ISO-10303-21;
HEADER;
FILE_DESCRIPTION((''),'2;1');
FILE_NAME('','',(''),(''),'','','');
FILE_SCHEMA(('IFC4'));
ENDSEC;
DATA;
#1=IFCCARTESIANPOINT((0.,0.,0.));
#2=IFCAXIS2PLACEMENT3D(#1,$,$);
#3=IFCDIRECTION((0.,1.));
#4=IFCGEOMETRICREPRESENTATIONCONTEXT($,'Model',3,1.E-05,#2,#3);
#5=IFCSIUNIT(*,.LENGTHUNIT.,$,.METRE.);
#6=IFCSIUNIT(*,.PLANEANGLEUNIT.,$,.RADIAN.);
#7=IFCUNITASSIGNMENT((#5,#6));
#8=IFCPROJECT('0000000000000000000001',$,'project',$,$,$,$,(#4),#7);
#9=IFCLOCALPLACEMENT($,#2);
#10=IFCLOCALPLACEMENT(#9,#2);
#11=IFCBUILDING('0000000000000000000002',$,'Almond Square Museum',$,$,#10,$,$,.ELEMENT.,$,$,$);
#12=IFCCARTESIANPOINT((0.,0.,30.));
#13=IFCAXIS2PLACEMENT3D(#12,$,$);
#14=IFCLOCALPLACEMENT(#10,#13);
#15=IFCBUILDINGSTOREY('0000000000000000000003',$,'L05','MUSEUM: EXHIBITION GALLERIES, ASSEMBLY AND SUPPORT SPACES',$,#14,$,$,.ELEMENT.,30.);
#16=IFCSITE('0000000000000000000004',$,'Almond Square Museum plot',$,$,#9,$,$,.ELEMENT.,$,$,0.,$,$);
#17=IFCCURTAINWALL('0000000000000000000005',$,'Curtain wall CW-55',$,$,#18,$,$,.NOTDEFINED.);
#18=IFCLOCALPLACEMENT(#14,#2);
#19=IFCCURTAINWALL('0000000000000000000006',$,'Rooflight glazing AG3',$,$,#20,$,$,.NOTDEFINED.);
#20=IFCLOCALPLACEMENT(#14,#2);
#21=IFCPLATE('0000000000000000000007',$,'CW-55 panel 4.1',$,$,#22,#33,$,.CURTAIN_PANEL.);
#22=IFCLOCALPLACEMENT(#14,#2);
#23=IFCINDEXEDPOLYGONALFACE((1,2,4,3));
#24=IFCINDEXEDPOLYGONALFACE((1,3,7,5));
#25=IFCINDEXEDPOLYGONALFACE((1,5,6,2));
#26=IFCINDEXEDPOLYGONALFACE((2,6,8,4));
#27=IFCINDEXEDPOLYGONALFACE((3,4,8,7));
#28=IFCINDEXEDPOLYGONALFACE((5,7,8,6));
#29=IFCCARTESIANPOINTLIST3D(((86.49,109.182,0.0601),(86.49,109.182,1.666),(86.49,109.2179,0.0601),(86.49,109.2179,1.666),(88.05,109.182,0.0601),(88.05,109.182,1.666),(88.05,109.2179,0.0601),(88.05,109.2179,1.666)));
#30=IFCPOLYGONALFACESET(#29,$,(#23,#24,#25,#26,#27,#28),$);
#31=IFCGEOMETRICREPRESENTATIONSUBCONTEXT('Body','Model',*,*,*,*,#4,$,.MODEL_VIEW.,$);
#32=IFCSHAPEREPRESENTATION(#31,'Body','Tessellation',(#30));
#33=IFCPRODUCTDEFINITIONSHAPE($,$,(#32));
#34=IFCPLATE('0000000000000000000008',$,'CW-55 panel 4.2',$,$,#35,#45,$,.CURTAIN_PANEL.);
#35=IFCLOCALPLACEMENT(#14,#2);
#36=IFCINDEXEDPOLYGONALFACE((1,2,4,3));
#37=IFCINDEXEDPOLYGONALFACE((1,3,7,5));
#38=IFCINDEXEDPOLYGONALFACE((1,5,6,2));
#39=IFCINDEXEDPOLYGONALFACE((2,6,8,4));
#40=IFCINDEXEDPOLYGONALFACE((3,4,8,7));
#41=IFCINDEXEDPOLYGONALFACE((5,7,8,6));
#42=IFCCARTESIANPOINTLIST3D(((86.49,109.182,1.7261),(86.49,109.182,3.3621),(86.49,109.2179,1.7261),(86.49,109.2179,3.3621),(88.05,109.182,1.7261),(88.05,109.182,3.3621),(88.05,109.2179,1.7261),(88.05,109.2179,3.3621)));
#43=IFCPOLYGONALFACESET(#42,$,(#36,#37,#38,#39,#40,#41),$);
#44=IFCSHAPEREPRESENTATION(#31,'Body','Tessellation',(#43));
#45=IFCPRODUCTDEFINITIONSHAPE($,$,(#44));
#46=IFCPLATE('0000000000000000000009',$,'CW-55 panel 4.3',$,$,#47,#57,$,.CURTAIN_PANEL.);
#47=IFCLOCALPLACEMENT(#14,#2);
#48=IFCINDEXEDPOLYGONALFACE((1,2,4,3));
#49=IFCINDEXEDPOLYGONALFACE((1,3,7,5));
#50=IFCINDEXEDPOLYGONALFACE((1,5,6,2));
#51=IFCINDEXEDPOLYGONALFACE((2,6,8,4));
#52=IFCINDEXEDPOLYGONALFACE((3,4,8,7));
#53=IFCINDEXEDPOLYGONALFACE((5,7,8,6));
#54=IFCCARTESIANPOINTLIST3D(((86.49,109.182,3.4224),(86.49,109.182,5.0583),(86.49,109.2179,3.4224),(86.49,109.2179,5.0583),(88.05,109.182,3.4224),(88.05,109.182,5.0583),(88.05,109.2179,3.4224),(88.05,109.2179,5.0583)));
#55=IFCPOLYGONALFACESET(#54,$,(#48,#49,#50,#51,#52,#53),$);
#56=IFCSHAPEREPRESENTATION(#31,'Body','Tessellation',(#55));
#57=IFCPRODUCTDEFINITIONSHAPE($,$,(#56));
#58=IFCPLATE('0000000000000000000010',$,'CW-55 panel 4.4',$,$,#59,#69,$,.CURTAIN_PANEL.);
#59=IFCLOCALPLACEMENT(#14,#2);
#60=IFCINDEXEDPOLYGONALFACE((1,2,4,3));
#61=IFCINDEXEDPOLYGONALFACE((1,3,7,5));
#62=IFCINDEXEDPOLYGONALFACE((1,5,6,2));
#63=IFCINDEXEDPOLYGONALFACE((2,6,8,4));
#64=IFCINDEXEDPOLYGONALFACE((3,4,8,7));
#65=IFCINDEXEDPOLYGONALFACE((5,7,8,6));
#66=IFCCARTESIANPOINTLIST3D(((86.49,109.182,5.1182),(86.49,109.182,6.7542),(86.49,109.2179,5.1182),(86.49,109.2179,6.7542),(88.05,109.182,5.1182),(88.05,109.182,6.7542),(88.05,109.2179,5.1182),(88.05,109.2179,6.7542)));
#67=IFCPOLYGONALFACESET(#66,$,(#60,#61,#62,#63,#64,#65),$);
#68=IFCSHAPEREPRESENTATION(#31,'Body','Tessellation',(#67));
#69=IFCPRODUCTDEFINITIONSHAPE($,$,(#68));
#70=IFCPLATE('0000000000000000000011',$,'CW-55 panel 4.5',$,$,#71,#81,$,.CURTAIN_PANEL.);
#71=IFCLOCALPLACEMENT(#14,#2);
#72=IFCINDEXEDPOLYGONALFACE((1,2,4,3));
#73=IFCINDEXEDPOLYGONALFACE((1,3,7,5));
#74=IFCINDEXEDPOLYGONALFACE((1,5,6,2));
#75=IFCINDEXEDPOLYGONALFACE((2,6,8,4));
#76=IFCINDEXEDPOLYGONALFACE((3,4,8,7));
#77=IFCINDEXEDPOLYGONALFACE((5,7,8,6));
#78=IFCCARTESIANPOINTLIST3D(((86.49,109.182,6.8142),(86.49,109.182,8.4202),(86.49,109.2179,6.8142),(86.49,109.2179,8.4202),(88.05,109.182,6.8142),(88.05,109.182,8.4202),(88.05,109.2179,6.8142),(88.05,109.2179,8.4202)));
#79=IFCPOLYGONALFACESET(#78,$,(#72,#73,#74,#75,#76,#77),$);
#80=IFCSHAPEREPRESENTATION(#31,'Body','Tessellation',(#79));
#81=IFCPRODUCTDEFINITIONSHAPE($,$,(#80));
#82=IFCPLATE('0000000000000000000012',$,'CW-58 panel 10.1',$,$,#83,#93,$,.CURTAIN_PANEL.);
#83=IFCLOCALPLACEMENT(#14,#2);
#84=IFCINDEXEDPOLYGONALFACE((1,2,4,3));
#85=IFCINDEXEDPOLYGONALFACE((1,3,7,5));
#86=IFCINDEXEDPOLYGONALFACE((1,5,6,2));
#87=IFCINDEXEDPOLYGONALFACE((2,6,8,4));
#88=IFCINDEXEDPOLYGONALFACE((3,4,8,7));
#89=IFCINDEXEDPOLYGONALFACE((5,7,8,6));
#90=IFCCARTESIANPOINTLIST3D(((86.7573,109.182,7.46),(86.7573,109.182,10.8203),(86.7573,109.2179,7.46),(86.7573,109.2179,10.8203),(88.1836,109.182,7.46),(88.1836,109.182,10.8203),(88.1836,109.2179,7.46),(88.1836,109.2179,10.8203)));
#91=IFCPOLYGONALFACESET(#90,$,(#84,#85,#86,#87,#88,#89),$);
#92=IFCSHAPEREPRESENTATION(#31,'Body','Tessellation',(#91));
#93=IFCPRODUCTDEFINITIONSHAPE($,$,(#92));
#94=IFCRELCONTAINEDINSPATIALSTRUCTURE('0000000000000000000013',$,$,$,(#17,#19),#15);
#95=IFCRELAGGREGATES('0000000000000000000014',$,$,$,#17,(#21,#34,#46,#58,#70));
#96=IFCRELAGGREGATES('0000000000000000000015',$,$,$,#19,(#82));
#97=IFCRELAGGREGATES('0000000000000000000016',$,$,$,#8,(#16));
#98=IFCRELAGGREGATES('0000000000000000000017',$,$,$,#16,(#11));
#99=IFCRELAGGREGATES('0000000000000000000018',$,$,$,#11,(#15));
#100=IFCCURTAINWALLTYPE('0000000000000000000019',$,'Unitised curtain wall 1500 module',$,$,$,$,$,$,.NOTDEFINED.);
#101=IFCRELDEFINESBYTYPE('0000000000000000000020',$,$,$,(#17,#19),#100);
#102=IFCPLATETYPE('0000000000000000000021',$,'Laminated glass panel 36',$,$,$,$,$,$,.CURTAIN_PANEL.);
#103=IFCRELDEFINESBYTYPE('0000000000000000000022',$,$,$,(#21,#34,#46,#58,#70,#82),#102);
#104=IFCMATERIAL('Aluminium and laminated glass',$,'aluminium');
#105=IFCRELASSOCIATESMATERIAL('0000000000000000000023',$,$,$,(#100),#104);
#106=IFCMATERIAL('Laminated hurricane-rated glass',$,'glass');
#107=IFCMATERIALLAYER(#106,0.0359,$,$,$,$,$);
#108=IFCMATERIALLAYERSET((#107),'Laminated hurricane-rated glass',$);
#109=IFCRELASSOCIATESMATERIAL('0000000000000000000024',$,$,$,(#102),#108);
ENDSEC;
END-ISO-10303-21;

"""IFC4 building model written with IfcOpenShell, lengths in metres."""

from ifc_helpers import new_model, si_unit, direction, frame, origin, origin_2d, place, context, subcontext, project, spatial, rectangle, extrude, material, layer, layer_set, type_object, element, aggregate, save


model = new_model("IFC4")

# Units and contexts
model_context = context("Model", 3, precision=1e-05, world=origin(), true_north=direction((0.0, 1.0)))
body_context = subcontext(model_context, "Body", "Model", "MODEL_VIEW")
ifc_project = project(units=[si_unit("LENGTHUNIT", "METRE"), si_unit("PLANEANGLEUNIT", "RADIAN")], contexts=[model_context])

# Site, building, storey
site_placement = place(None, origin())
site = spatial("IfcSite", under=ifc_project, at=site_placement, Name="Almond Square Museum plot", CompositionType="ELEMENT", RefElevation=0.0)
building_placement = place(site_placement, origin())
building = spatial("IfcBuilding", under=site, at=building_placement, Name="Almond Square Museum", CompositionType="ELEMENT")
storey_placement = place(building_placement, frame((0.0, 0.0, 30.0)))
storey = spatial("IfcBuildingStorey", under=building, at=storey_placement, Name="L05", Description="MUSEUM: EXHIBITION GALLERIES, ASSEMBLY AND SUPPORT SPACES", CompositionType="ELEMENT", Elevation=30.0)

# Curtain wall
ifc_material_1 = material(Name="Aluminium and laminated glass", Category="aluminium")
curtain_wall_type = type_object("IfcCurtainWallType", Name="Unitised curtain wall 1500 module", PredefinedType="NOTDEFINED", material=ifc_material_1)
curtain_wall_1_placement = place(storey_placement, origin())
curtain_wall_1 = element("IfcCurtainWall", 1, at=curtain_wall_1_placement, inside=storey, type_object=curtain_wall_type, Name="Curtain wall CW-55", PredefinedType="NOTDEFINED")

# Curtain wall
curtain_wall_2_placement = place(storey_placement, origin())
curtain_wall_2 = element("IfcCurtainWall", 2, at=curtain_wall_2_placement, inside=storey, type_object=curtain_wall_type, Name="Rooflight glazing AG3", PredefinedType="NOTDEFINED")

# Plates
ifc_material_2 = material(Name="Laminated hurricane-rated glass", Category="glass")
ifc_layer = layer(ifc_material_2, 0.0359)
ifc_layer_set = layer_set([ifc_layer], Name="Laminated hurricane-rated glass")
plate_type = type_object("IfcPlateType", Name="Laminated glass panel 36", PredefinedType="CURTAIN_PANEL", material=ifc_layer_set)
plate_1_placement = place(storey_placement, frame((87.27, 109.2, 0.0601), z_axis=(0.0, 0.0, 1.0), x_axis=(1.0, 0.0, 0.0)))
plate_1 = element("IfcPlate", 3, at=plate_1_placement, type_object=plate_type, Name="CW-55 panel 4.1", PredefinedType="CURTAIN_PANEL", context=body_context, shape_type="SweptSolid", body=[
    extrude(rectangle(XDim=1.5601, YDim=0.0359, at=origin_2d()), origin(), (0.0, 0.0, 1.0), 1.606),
])
plate_2_placement = place(storey_placement, frame((87.27, 109.2, 1.7261), z_axis=(0.0, 0.0, 1.0), x_axis=(1.0, 0.0, 0.0)))
plate_2 = element("IfcPlate", 4, at=plate_2_placement, type_object=plate_type, Name="CW-55 panel 4.2", PredefinedType="CURTAIN_PANEL", context=body_context, shape_type="SweptSolid", body=[
    extrude(rectangle(XDim=1.5601, YDim=0.0359, at=origin_2d()), origin(), (0.0, 0.0, 1.0), 1.636),
])
plate_3_placement = place(storey_placement, frame((87.27, 109.2, 3.4224), z_axis=(0.0, 0.0, 1.0), x_axis=(1.0, 0.0, 0.0)))
plate_3 = element("IfcPlate", 5, at=plate_3_placement, type_object=plate_type, Name="CW-55 panel 4.3", PredefinedType="CURTAIN_PANEL", context=body_context, shape_type="SweptSolid", body=[
    extrude(rectangle(XDim=1.5601, YDim=0.0359, at=origin_2d()), origin(), (0.0, 0.0, 1.0), 1.636),
])
plate_4_placement = place(storey_placement, frame((87.27, 109.2, 5.1182), z_axis=(0.0, 0.0, 1.0), x_axis=(1.0, 0.0, 0.0)))
plate_4 = element("IfcPlate", 6, at=plate_4_placement, type_object=plate_type, Name="CW-55 panel 4.4", PredefinedType="CURTAIN_PANEL", context=body_context, shape_type="SweptSolid", body=[
    extrude(rectangle(XDim=1.5601, YDim=0.0359, at=origin_2d()), origin(), (0.0, 0.0, 1.0), 1.636),
])
plate_5_placement = place(storey_placement, frame((87.27, 109.2, 6.8142), z_axis=(0.0, 0.0, 1.0), x_axis=(1.0, 0.0, 0.0)))
plate_5 = element("IfcPlate", 7, at=plate_5_placement, type_object=plate_type, Name="CW-55 panel 4.5", PredefinedType="CURTAIN_PANEL", context=body_context, shape_type="SweptSolid", body=[
    extrude(rectangle(XDim=1.5601, YDim=0.0359, at=origin_2d()), origin(), (0.0, 0.0, 1.0), 1.606),
])
aggregate(curtain_wall_1, [plate_1, plate_2, plate_3, plate_4, plate_5])
plate_6_placement = place(storey_placement, frame((87.4705, 109.2, 7.46), z_axis=(0.0, 0.0, 1.0), x_axis=(1.0, 0.0, 0.0)))
plate_6 = element("IfcPlate", 8, at=plate_6_placement, type_object=plate_type, Name="CW-58 panel 10.1", PredefinedType="CURTAIN_PANEL", context=body_context, shape_type="SweptSolid", body=[
    extrude(rectangle(XDim=1.4263, YDim=0.0359, at=origin_2d()), origin(), (0.0, 0.0, 1.0), 3.3604),
])
aggregate(curtain_wall_2, [plate_6])

save(model, "model.ifc")
